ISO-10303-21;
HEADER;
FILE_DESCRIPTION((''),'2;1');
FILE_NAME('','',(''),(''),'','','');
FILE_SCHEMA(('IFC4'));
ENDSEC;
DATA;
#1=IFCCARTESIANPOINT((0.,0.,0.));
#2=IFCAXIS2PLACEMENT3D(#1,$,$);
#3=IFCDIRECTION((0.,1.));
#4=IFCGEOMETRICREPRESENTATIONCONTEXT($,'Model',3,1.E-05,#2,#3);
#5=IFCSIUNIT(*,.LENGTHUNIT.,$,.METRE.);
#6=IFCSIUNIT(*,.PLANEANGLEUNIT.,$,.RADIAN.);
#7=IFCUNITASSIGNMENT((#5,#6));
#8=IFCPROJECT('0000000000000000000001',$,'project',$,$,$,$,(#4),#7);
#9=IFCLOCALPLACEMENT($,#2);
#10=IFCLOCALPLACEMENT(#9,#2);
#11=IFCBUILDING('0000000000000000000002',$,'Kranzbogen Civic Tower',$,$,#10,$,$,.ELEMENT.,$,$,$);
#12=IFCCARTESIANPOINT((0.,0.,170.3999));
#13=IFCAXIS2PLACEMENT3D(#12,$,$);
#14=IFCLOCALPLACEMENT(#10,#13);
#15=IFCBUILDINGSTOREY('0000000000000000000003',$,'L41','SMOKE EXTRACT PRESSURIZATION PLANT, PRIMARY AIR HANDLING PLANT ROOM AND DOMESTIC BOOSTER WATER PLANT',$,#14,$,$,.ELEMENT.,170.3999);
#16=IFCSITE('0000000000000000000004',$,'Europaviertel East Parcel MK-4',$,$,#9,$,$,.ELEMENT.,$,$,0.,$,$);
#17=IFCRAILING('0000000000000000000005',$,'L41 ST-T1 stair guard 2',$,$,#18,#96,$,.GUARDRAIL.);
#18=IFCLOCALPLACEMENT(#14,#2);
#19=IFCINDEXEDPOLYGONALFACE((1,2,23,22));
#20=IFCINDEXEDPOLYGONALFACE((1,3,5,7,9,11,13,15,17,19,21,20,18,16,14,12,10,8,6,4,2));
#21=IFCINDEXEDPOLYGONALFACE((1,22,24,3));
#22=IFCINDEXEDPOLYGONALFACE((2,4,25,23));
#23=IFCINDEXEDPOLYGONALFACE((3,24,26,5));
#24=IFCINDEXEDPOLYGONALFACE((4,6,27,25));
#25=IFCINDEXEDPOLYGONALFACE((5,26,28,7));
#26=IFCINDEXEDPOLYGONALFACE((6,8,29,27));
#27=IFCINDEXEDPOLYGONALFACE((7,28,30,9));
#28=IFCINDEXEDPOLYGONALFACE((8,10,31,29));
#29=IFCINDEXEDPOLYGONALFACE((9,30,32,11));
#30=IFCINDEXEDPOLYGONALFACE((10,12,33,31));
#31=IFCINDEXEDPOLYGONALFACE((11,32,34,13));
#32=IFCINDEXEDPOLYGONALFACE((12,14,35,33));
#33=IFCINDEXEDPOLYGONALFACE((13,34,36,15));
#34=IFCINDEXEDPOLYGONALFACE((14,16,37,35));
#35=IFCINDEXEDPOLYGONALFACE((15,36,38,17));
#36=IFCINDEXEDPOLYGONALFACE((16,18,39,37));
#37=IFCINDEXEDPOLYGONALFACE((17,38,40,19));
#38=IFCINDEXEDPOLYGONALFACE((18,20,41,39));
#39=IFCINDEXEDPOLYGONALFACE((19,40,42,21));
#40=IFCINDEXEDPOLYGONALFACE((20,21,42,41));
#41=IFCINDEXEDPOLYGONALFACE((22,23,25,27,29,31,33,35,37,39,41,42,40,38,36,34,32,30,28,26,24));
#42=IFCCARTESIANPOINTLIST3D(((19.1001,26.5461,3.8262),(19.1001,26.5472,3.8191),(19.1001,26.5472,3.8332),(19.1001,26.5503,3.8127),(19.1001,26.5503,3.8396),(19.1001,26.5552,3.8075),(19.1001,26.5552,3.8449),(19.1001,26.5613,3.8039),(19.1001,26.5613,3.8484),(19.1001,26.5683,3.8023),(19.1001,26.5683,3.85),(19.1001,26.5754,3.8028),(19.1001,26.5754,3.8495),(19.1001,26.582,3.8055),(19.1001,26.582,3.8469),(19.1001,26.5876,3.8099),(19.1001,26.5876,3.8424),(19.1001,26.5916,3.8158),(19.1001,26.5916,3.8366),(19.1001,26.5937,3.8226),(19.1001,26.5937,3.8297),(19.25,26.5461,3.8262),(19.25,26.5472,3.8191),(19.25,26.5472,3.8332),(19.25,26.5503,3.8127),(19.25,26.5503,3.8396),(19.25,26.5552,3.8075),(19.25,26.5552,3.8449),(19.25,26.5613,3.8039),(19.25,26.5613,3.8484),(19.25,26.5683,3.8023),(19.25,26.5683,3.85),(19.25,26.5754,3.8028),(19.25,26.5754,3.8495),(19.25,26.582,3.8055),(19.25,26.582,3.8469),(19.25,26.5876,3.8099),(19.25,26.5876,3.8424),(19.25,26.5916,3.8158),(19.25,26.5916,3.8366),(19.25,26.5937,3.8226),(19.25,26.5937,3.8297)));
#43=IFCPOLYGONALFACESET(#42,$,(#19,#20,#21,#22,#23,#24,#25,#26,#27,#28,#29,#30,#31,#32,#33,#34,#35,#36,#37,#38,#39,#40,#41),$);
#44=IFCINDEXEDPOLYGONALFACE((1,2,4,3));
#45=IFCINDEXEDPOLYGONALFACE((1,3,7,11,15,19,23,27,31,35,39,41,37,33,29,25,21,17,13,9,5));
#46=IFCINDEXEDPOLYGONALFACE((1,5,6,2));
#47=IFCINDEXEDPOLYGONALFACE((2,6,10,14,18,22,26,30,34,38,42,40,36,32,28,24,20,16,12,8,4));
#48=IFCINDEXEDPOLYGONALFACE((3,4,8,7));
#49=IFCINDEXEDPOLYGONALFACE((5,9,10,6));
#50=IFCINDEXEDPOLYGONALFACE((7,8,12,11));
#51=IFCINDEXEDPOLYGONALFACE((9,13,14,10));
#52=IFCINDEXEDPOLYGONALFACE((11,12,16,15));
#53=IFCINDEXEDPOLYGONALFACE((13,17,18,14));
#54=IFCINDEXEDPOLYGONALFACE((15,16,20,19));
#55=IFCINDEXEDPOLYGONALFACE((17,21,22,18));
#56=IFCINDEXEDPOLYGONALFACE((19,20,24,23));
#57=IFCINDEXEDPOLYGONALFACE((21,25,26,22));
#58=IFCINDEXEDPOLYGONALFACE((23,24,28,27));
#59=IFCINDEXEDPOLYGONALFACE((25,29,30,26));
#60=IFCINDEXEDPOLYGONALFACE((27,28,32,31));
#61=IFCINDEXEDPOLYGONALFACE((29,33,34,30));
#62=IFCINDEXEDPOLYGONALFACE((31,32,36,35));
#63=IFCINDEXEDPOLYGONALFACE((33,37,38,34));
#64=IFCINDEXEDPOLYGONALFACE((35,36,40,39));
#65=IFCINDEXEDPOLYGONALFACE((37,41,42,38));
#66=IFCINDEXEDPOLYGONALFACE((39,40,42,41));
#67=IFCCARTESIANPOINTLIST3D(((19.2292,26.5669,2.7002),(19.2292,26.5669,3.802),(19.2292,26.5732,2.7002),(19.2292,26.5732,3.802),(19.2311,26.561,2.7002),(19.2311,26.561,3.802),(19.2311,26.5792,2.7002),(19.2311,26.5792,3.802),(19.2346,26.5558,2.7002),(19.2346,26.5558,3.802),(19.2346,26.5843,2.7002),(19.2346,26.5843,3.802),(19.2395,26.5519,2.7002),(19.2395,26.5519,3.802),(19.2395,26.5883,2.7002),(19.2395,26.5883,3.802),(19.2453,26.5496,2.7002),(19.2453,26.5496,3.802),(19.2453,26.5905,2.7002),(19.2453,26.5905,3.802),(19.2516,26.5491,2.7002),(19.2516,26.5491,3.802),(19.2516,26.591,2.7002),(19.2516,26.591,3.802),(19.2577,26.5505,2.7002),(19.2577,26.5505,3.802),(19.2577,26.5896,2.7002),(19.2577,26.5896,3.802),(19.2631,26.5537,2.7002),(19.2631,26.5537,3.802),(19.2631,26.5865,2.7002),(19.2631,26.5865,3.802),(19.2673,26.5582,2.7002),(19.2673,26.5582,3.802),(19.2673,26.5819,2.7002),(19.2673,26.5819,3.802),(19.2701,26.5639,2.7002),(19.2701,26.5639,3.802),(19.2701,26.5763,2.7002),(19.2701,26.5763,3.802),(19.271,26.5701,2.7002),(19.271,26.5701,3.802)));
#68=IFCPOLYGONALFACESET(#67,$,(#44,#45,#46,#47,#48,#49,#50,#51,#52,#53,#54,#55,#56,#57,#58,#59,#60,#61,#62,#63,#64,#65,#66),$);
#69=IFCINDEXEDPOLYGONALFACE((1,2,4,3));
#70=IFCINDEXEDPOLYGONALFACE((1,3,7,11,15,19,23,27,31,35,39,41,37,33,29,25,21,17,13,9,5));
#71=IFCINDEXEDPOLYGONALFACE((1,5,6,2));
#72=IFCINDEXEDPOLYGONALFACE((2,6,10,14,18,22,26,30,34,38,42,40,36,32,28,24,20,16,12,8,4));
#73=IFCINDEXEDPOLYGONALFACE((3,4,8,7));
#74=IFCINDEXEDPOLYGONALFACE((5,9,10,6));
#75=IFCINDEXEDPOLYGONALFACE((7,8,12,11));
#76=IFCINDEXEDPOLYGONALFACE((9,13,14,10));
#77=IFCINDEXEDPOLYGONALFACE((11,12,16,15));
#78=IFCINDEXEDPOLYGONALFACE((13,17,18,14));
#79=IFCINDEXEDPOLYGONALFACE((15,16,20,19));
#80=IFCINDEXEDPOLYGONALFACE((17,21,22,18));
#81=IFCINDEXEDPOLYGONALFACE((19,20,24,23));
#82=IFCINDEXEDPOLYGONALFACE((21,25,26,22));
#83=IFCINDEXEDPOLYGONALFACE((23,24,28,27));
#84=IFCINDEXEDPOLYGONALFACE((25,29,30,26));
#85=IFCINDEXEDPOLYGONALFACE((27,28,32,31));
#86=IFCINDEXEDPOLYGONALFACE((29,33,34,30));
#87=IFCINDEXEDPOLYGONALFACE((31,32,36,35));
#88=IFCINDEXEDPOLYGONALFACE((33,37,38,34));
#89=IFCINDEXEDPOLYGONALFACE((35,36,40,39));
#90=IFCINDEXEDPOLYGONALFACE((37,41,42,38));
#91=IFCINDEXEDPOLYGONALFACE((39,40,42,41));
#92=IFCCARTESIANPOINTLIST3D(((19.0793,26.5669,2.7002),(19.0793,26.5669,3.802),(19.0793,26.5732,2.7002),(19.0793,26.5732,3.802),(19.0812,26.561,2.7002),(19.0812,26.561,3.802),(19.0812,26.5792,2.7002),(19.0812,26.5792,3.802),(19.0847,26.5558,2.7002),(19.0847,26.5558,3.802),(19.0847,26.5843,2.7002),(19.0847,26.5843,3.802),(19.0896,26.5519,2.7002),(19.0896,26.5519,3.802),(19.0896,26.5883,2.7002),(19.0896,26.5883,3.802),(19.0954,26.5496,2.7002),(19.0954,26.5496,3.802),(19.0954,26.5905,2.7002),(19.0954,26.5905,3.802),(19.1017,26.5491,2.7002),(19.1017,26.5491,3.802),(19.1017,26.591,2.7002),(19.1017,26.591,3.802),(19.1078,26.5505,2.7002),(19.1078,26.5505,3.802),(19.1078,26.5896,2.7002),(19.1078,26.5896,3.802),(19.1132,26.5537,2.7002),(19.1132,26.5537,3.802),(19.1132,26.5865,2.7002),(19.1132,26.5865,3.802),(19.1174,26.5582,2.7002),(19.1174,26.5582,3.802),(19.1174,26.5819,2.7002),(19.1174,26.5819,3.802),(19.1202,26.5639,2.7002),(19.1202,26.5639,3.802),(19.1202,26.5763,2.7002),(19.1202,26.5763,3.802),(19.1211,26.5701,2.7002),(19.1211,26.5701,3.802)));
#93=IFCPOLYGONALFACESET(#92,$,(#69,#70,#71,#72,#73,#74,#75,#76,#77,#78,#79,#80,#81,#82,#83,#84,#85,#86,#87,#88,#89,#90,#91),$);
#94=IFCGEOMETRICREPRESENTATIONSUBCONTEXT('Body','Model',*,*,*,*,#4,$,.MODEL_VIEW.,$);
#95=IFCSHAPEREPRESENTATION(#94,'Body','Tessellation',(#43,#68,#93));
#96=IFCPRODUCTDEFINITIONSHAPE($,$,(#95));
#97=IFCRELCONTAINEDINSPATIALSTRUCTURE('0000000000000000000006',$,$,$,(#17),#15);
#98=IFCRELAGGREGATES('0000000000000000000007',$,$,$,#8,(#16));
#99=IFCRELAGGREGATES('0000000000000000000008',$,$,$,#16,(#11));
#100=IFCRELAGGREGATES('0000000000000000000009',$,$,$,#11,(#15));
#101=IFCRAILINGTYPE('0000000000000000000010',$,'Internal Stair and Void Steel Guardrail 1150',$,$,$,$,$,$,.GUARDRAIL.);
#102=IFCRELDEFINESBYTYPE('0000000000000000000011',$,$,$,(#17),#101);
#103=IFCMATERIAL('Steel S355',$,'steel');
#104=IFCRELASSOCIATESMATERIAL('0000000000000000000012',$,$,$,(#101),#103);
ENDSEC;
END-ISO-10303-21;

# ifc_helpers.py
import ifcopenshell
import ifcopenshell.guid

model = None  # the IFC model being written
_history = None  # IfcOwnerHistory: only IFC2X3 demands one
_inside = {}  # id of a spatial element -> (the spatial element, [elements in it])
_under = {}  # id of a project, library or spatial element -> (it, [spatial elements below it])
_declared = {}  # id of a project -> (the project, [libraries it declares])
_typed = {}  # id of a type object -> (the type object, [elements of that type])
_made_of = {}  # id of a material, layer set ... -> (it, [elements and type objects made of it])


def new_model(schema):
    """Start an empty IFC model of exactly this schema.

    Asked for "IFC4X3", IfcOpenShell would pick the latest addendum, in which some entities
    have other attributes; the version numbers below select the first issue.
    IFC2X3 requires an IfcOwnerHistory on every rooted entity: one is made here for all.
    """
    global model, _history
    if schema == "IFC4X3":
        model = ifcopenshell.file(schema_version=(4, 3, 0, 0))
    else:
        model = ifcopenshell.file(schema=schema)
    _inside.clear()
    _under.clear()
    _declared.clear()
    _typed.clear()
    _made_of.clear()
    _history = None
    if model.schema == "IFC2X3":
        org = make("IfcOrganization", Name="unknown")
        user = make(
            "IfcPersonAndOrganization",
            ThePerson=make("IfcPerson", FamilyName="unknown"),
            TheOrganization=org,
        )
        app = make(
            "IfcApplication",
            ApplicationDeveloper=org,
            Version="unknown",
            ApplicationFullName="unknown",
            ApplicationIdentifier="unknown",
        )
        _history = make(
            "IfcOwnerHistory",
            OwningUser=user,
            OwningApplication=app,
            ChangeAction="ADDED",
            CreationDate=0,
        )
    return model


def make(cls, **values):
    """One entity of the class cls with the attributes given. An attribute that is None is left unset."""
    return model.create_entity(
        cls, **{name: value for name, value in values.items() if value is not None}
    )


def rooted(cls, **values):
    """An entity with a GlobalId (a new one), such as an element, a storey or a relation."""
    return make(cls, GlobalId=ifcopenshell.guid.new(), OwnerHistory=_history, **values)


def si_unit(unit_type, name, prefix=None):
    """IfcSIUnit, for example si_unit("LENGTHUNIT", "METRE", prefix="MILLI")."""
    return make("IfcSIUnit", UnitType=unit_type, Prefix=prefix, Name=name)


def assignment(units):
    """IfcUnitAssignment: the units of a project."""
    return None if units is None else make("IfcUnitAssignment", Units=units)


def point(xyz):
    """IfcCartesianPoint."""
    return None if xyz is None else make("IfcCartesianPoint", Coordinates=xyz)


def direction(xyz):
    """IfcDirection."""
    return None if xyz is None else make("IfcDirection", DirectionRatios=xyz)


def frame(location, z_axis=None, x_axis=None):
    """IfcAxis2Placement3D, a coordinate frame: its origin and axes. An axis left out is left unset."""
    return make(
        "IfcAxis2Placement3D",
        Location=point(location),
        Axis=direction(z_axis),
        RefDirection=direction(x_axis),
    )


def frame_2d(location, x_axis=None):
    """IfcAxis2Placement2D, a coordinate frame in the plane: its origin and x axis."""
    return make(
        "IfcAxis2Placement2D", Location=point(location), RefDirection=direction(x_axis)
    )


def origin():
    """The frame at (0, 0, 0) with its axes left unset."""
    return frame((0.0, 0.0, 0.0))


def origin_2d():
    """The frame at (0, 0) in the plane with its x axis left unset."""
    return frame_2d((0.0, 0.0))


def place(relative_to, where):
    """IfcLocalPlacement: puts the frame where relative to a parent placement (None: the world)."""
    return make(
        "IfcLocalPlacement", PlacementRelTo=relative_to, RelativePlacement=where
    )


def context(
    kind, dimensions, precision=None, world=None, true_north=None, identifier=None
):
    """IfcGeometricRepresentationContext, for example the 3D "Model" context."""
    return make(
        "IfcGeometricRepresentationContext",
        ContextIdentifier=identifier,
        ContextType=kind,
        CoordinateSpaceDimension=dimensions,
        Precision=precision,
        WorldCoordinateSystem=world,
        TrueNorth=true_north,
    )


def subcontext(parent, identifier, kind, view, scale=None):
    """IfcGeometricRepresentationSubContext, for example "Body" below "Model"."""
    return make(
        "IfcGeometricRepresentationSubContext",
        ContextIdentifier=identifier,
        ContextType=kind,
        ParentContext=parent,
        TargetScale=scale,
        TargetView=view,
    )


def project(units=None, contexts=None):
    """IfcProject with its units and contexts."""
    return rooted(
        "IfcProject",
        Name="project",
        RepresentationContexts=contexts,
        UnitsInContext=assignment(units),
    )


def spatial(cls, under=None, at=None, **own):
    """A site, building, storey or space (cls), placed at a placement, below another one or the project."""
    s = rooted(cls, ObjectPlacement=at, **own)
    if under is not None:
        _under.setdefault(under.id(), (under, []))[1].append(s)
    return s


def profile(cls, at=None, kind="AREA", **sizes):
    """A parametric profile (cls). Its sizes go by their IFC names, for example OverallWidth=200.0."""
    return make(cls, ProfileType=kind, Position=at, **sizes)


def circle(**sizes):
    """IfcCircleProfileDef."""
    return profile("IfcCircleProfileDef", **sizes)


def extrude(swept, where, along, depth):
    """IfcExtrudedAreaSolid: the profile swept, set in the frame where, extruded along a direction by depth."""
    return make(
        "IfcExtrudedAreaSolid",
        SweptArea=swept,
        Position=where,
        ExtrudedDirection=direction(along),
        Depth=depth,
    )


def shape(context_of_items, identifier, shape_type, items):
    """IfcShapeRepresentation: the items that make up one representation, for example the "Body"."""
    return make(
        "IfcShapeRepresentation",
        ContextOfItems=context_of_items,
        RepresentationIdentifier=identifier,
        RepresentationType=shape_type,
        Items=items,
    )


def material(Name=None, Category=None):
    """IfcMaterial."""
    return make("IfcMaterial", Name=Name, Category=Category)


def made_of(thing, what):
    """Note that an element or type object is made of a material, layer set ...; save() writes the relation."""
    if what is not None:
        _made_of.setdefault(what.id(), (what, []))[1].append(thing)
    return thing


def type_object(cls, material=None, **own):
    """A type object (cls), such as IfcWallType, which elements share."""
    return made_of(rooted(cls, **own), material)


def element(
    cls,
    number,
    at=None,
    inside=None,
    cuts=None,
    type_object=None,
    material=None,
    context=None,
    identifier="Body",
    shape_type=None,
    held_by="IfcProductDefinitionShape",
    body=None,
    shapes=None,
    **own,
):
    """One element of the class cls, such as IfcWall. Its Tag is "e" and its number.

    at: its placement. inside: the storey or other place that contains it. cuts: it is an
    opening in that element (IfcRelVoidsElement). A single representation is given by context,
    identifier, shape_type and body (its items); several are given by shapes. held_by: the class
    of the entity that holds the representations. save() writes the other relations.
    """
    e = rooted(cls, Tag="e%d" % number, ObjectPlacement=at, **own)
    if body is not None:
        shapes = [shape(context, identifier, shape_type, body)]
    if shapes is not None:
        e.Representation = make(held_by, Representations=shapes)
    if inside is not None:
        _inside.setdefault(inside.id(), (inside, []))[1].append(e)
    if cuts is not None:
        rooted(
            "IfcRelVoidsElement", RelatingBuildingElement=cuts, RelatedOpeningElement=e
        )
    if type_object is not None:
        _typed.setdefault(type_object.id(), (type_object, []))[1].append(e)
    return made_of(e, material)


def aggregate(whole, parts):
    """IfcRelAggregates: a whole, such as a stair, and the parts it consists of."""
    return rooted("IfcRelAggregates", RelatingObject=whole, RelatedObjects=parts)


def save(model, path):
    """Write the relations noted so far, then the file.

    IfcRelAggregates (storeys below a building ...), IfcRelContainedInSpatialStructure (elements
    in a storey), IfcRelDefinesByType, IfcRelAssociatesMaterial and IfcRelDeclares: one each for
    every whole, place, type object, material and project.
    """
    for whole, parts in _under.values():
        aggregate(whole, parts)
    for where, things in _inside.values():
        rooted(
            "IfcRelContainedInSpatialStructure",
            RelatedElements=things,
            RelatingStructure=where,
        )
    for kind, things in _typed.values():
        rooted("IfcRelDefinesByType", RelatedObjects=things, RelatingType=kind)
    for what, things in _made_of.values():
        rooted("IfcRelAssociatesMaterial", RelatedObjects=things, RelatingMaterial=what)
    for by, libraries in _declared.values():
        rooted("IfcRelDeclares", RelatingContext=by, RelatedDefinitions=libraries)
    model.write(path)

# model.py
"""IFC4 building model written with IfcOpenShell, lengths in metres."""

from ifc_helpers import new_model, si_unit, direction, frame, origin, origin_2d, place, context, subcontext, project, spatial, circle, extrude, material, type_object, element, save


model = new_model("IFC4")

# Units and contexts
model_context = context("Model", 3, precision=1e-05, world=origin(), true_north=direction((0.0, 1.0)))
body_context = subcontext(model_context, "Body", "Model", "MODEL_VIEW")
ifc_project = project(units=[si_unit("LENGTHUNIT", "METRE"), si_unit("PLANEANGLEUNIT", "RADIAN")], contexts=[model_context])

# Site, building, storey
site_placement = place(None, origin())
site = spatial("IfcSite", under=ifc_project, at=site_placement, Name="Europaviertel East Parcel MK-4", CompositionType="ELEMENT", RefElevation=0.0)
building_placement = place(site_placement, origin())
building = spatial("IfcBuilding", under=site, at=building_placement, Name="Kranzbogen Civic Tower", CompositionType="ELEMENT")
storey_placement = place(building_placement, frame((0.0, 0.0, 170.3999)))
storey = spatial("IfcBuildingStorey", under=building, at=storey_placement, Name="L41", Description="SMOKE EXTRACT PRESSURIZATION PLANT, PRIMARY AIR HANDLING PLANT ROOM AND DOMESTIC BOOSTER WATER PLANT", CompositionType="ELEMENT", Elevation=170.3999)

# Shared definitions
ifc_material_1 = material(Name="Steel S355", Category="steel")

# Railing
railing_type_1 = type_object("IfcRailingType", Name="Internal Stair and Void Steel Guardrail 1150", PredefinedType="GUARDRAIL", material=ifc_material_1)
railing_1_placement = place(storey_placement, frame((19.25, 26.5701, 2.7002)))
element("IfcRailing", 1, at=railing_1_placement, inside=storey, type_object=railing_type_1, Name="L41 ST-T1 stair guard 2", PredefinedType="GUARDRAIL", context=body_context, shape_type="SweptSolid", body=[
    extrude(circle(Radius=0.0239, at=origin_2d()), frame((0.0, 0.0, 1.126), z_axis=(-1.0, 0.0, 0.0), x_axis=(0.0, -1.0, 0.0)), (0.0, 0.0, 1.0), 0.1499),
    extrude(circle(Radius=0.021, at=origin_2d()), origin(), (0.0, 0.0, 1.0), 1.1018),
    extrude(circle(Radius=0.021, at=origin_2d()), frame((-0.1499, 0.0, 0.0)), (0.0, 0.0, 1.0), 1.1018),
])

save(model, "model.ifc")
